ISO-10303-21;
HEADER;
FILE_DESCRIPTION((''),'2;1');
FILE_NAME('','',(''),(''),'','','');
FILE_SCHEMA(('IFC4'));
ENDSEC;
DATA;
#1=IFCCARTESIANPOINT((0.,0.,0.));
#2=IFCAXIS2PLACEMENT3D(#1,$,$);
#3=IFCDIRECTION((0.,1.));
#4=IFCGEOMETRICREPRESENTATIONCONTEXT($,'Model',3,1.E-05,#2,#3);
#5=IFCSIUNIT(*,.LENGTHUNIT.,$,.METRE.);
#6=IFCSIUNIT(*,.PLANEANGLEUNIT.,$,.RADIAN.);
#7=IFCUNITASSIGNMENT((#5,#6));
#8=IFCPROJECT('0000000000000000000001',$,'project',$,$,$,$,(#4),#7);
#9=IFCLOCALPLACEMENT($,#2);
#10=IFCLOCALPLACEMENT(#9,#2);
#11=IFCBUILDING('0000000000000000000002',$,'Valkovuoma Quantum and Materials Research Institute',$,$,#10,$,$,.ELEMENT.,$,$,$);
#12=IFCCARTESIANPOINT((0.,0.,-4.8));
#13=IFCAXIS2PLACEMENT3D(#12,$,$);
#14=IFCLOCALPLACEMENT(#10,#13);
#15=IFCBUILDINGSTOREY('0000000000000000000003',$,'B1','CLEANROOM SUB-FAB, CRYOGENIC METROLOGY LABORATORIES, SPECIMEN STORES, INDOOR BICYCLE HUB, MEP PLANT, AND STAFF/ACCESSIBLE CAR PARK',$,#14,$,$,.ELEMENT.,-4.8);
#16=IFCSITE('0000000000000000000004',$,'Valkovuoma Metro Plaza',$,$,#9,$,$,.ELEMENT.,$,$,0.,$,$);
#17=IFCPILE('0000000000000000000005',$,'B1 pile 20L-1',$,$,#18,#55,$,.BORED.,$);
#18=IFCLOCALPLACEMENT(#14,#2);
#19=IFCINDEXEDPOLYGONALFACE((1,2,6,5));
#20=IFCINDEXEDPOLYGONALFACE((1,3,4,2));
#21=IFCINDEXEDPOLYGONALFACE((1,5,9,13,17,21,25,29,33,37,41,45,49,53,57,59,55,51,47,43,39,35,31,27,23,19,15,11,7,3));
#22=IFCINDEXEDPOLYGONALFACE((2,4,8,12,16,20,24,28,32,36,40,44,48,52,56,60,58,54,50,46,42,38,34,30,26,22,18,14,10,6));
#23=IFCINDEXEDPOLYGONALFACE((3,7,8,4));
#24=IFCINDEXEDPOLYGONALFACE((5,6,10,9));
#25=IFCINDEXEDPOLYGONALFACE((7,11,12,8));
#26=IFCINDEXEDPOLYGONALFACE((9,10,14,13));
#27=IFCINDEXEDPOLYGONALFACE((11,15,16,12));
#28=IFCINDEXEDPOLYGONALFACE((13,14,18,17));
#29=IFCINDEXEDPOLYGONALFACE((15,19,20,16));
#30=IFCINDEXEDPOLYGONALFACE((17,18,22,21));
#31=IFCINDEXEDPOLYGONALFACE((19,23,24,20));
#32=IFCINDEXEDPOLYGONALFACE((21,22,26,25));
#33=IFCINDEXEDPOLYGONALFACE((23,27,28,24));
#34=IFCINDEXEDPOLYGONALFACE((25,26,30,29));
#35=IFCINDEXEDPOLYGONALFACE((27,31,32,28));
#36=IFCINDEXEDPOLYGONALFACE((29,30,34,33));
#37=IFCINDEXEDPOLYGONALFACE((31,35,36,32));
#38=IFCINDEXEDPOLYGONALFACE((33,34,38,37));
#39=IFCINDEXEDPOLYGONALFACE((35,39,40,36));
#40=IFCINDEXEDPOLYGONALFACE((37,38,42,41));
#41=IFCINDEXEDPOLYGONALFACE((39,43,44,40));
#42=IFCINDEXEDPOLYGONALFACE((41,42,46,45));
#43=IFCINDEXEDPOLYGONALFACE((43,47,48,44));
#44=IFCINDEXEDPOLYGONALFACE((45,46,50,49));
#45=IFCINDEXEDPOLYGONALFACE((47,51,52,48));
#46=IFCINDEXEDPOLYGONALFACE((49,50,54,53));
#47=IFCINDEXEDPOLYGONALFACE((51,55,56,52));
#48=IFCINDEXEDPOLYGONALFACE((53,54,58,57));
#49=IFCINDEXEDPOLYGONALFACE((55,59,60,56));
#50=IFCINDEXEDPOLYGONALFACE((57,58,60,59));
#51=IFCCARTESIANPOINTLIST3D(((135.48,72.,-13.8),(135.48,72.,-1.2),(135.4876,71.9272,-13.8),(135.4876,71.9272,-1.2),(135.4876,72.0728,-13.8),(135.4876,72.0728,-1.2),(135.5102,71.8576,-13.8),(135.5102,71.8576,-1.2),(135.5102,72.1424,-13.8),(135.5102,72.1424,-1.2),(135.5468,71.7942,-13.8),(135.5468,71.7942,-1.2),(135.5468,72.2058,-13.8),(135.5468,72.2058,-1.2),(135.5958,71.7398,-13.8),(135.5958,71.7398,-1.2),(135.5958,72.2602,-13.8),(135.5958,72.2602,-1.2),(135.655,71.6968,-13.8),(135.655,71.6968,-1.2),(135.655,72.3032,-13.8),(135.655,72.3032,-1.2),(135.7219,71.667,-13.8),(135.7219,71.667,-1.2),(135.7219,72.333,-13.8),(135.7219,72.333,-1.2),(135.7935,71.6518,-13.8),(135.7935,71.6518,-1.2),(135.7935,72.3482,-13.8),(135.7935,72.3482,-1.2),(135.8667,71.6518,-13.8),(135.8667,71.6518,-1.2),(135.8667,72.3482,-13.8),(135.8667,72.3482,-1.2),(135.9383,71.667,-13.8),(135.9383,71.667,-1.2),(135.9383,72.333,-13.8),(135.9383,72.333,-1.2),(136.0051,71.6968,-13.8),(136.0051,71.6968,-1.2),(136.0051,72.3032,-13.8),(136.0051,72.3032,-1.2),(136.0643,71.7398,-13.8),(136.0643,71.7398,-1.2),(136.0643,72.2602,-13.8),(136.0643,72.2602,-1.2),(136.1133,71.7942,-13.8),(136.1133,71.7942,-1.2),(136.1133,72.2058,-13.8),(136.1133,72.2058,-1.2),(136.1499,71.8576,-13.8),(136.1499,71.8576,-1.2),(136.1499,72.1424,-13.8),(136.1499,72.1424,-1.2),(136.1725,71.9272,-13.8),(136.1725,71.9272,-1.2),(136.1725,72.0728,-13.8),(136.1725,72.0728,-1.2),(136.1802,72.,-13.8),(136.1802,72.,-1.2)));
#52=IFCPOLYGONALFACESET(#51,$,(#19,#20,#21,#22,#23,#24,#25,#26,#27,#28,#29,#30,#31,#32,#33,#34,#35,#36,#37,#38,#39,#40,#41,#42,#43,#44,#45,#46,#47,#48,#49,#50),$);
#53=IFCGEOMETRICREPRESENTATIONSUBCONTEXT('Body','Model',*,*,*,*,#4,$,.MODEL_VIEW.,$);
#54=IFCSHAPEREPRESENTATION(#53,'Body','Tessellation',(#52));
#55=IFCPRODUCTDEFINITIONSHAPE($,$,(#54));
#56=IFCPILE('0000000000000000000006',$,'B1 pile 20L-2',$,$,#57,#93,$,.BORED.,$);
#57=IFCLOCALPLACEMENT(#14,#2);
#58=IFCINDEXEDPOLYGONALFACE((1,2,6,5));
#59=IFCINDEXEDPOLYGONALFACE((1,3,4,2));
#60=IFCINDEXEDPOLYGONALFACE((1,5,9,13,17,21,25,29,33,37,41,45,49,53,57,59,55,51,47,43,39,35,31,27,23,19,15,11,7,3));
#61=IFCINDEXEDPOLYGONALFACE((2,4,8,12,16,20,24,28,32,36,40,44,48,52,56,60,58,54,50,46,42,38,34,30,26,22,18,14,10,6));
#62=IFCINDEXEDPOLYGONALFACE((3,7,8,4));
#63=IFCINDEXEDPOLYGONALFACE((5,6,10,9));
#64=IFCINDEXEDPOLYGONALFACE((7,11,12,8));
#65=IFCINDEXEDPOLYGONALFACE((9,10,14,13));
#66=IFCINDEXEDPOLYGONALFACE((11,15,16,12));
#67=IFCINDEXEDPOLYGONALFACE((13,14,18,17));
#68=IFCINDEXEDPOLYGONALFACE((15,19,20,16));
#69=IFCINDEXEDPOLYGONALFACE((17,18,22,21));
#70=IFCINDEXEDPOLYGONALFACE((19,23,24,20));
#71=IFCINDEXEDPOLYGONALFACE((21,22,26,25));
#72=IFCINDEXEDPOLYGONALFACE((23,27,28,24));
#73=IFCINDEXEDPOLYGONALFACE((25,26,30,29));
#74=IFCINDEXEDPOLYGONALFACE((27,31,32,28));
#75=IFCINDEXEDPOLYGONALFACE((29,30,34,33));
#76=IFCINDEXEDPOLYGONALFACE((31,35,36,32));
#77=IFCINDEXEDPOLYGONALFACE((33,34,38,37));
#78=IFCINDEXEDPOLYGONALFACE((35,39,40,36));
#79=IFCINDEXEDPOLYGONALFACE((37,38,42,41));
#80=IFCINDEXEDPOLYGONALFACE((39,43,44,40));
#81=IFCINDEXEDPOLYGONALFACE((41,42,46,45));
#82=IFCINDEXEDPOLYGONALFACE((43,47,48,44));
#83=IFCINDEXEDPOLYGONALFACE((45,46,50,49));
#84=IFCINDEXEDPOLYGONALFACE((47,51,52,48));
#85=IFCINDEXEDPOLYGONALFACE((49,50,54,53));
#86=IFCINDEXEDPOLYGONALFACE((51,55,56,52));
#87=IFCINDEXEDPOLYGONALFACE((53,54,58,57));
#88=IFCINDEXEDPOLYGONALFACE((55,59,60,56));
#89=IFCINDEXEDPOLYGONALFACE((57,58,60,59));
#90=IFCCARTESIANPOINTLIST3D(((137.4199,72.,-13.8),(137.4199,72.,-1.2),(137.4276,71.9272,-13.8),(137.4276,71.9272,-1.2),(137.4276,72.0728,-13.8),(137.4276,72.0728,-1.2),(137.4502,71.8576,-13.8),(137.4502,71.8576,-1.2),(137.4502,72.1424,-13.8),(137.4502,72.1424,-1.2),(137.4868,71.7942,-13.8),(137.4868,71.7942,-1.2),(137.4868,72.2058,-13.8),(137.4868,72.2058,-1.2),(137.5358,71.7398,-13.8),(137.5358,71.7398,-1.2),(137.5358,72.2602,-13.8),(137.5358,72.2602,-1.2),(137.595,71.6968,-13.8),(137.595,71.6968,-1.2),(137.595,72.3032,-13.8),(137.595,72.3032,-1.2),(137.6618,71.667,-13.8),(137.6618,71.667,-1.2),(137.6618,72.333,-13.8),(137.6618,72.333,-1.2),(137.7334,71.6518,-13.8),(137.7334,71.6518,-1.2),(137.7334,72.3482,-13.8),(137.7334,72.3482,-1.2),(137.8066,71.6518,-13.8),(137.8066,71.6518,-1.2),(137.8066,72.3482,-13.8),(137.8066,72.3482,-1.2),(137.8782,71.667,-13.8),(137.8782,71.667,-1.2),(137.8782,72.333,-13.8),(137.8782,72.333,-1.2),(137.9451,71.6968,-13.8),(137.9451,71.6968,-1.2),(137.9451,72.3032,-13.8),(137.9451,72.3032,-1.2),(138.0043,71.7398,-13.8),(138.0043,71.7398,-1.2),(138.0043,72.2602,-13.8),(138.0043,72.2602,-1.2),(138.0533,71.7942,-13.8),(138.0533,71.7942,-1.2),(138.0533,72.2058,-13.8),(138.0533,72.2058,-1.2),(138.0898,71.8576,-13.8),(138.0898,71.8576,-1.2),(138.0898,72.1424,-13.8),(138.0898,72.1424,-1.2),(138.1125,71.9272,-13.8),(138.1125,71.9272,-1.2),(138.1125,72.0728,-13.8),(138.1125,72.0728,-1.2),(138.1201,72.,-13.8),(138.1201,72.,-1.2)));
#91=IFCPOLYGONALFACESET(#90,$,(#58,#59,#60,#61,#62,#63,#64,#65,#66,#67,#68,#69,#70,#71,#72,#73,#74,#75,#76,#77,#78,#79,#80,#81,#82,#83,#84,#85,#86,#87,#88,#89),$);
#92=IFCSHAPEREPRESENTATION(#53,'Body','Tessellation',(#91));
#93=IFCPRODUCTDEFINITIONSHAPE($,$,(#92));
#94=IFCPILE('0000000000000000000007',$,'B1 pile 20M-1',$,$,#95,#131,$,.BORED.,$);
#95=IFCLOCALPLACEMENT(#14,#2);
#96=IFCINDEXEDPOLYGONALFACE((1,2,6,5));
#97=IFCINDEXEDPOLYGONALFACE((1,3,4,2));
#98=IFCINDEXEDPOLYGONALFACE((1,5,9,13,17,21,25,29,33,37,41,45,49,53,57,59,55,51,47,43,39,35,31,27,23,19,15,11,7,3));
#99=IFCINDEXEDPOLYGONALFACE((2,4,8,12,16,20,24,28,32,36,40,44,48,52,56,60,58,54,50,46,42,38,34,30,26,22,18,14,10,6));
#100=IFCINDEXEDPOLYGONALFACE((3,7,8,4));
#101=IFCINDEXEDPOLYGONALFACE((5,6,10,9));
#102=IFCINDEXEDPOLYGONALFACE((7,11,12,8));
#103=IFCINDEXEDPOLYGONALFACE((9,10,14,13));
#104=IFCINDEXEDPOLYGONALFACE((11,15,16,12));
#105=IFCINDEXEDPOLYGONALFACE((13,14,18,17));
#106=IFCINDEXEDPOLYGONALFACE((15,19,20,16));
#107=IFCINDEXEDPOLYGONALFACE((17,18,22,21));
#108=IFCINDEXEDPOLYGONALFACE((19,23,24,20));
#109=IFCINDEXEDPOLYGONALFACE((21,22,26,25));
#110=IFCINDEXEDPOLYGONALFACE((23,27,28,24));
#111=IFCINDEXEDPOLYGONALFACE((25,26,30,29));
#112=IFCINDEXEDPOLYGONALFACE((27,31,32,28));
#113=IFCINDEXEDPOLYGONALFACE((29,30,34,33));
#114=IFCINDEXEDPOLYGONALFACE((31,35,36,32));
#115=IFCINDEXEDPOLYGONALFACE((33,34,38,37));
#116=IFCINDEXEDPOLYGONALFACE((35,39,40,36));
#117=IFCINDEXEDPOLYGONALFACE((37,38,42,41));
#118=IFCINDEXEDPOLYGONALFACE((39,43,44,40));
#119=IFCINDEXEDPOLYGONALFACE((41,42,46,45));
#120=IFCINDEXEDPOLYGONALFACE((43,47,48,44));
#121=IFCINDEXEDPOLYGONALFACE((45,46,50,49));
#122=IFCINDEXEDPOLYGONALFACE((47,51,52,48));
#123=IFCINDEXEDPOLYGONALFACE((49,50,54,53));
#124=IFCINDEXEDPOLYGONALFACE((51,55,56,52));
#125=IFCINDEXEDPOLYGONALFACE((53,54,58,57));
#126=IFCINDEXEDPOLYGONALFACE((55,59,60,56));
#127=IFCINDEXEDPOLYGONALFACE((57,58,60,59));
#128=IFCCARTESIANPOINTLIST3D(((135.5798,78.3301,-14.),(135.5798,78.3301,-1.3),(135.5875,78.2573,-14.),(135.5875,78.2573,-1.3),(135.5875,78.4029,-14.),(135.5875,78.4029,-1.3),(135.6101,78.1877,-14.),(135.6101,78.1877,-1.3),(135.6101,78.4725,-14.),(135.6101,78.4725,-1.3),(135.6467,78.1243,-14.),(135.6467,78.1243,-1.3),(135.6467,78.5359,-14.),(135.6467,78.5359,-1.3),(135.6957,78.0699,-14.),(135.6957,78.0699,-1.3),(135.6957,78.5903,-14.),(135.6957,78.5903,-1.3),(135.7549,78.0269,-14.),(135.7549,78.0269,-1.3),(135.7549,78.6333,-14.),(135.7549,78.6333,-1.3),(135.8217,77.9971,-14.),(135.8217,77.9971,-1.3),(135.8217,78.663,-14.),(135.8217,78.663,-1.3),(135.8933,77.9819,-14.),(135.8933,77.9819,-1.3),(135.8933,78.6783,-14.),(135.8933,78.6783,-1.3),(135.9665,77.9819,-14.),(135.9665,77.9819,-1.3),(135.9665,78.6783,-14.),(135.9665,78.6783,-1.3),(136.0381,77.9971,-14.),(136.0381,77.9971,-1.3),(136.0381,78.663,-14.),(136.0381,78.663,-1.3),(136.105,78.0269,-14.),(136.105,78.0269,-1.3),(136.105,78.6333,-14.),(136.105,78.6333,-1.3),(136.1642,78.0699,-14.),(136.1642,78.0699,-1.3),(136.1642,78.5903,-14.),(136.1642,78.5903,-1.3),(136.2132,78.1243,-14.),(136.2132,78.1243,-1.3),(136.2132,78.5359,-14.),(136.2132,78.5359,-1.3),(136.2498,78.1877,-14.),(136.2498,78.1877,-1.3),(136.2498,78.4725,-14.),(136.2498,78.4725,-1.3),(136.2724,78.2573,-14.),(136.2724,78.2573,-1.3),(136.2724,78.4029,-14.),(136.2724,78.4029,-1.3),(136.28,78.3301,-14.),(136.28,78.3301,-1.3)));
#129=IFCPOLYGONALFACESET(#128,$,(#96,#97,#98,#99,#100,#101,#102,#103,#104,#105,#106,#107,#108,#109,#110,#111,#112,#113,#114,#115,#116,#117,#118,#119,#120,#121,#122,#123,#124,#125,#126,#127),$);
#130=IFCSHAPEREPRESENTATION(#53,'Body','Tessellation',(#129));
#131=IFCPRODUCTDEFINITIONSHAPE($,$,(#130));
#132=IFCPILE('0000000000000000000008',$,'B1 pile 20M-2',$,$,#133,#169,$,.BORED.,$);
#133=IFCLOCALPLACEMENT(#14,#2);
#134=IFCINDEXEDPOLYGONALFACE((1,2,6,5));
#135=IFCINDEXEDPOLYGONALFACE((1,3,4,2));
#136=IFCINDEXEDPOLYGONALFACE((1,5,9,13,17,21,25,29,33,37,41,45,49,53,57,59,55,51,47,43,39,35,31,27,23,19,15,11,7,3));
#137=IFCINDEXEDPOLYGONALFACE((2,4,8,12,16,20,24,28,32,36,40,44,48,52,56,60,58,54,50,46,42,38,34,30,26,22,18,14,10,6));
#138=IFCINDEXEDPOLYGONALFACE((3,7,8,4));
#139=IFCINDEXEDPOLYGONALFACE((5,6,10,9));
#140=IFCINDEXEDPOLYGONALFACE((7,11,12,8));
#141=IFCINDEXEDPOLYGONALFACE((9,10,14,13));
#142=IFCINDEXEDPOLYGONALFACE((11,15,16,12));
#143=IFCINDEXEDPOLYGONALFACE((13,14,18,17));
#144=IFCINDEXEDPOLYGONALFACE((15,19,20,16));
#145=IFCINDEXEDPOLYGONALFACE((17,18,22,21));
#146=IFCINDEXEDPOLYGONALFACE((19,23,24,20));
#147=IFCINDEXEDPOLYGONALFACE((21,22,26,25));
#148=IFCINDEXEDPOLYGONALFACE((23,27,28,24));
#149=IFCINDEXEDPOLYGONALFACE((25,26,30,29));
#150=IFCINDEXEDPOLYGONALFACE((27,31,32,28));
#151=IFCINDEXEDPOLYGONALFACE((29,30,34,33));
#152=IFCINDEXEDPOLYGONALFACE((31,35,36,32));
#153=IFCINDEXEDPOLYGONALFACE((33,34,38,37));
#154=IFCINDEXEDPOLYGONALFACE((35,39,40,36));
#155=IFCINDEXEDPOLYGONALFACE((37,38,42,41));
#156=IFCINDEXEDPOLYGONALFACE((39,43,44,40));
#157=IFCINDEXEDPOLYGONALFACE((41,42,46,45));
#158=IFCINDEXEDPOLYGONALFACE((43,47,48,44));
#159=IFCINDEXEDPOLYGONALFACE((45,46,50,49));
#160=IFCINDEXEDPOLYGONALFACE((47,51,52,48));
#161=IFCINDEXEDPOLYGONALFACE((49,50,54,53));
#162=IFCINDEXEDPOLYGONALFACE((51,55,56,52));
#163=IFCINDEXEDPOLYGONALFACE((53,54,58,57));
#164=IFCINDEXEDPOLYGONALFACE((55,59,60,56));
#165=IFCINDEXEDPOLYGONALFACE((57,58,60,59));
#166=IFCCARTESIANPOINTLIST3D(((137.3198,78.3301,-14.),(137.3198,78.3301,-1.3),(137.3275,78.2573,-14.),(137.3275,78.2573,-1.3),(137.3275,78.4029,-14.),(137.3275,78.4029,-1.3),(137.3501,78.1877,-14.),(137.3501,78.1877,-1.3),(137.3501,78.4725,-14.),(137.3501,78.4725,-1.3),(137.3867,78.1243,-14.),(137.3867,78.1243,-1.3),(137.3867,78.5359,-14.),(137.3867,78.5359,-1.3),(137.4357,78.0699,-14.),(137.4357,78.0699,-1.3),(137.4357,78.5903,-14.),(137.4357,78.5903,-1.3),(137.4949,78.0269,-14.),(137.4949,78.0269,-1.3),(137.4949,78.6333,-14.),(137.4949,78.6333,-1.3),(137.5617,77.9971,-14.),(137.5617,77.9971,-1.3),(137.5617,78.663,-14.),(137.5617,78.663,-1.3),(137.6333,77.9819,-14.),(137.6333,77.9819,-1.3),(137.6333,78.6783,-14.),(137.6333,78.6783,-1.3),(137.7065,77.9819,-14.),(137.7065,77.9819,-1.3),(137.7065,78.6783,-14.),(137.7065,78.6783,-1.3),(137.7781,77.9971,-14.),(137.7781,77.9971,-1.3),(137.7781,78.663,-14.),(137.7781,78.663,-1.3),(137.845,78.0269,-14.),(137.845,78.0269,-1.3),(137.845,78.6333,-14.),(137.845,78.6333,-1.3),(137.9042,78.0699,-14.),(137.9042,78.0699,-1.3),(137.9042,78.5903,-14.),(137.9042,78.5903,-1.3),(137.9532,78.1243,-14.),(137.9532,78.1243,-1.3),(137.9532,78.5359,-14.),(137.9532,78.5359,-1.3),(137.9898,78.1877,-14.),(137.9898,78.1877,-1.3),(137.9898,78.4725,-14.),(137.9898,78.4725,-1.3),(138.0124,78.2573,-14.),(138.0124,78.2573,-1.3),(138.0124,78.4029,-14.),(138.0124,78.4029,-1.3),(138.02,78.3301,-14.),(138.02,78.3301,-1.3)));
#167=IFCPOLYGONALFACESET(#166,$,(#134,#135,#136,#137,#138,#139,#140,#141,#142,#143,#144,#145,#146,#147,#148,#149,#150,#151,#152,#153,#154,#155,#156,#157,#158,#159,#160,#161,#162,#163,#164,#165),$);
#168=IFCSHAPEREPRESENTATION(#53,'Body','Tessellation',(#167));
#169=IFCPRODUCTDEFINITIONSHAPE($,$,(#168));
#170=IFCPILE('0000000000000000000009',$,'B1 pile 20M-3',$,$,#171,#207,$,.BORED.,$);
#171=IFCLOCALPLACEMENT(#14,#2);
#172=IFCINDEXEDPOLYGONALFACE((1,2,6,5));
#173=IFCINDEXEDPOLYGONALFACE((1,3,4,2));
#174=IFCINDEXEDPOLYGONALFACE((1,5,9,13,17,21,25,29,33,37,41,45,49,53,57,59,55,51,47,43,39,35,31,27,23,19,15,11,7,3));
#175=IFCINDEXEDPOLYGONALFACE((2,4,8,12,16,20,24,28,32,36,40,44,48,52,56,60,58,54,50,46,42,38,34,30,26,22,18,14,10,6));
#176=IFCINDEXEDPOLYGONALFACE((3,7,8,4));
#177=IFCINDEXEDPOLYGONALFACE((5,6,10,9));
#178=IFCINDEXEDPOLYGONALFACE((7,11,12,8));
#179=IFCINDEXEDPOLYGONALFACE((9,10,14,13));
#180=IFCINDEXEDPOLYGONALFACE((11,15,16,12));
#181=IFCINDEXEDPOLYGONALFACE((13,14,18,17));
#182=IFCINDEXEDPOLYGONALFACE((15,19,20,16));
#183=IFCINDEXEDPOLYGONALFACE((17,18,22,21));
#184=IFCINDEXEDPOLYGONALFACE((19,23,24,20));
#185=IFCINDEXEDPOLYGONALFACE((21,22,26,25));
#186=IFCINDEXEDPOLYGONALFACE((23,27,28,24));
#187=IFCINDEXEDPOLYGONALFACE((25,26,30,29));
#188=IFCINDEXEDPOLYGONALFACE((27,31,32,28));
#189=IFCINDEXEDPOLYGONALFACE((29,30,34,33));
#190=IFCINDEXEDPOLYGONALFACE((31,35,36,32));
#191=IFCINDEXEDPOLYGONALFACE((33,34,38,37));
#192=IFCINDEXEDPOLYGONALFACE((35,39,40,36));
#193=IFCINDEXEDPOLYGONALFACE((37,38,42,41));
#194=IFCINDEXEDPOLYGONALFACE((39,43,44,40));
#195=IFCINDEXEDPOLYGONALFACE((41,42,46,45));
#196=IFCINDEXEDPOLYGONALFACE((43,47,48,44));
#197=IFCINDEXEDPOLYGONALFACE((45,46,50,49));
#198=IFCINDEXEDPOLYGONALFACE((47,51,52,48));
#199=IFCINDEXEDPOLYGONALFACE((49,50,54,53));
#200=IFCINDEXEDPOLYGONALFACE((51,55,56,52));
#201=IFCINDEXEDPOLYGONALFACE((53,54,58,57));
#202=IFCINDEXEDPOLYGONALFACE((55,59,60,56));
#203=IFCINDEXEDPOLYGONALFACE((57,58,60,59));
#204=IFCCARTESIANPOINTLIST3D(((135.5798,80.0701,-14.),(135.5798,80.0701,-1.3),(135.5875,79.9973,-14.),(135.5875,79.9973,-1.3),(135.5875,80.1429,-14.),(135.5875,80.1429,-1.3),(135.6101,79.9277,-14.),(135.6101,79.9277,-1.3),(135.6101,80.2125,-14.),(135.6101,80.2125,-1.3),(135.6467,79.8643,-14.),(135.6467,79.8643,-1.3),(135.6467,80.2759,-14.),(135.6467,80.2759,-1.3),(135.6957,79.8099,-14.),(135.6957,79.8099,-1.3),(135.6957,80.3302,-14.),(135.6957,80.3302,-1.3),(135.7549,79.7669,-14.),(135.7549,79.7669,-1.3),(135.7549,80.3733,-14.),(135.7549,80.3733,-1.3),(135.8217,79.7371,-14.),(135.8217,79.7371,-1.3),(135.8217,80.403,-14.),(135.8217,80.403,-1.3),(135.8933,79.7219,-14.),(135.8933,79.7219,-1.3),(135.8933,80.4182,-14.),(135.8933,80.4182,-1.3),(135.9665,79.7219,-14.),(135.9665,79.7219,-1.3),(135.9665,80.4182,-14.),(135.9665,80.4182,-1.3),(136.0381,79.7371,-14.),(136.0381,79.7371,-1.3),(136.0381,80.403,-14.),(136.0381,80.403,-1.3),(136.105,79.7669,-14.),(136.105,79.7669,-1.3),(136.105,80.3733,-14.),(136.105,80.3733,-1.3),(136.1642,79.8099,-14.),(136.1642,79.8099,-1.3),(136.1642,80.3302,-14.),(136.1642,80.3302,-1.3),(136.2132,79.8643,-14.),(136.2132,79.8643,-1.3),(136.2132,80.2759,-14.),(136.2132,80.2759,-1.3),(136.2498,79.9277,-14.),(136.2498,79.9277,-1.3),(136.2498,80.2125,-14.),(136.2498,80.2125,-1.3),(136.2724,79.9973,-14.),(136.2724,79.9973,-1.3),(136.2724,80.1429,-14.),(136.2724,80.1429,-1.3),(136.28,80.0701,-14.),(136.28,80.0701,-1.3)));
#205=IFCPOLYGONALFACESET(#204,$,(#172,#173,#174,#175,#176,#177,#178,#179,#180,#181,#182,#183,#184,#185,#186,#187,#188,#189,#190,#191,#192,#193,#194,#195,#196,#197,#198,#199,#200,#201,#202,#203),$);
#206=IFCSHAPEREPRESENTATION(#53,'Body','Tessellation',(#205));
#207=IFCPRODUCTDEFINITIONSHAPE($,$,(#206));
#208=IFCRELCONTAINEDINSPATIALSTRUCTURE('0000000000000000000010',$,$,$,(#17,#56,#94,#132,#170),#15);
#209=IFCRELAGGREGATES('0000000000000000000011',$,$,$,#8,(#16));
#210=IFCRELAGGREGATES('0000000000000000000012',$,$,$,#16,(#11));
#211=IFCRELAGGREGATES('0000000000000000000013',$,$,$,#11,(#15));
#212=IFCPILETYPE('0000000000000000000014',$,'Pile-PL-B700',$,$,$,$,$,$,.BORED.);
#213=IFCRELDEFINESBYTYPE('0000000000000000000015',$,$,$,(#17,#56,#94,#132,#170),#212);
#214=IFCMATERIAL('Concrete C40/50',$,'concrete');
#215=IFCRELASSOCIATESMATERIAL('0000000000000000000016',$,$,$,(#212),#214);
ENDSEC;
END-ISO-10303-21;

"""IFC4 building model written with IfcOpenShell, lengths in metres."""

from ifc_helpers import new_model, si_unit, direction, frame, origin, origin_2d, place, context, subcontext, project, spatial, circle, extrude, material, material_profile, profile_set, type_object, element, save


model = new_model("IFC4")

# Units and contexts
model_context = context("Model", 3, precision=1e-05, world=origin(), true_north=direction((0.0, 1.0)))
body_context = subcontext(model_context, "Body", "Model", "MODEL_VIEW")
ifc_project = project(units=[si_unit("LENGTHUNIT", "METRE"), si_unit("PLANEANGLEUNIT", "RADIAN")], contexts=[model_context])

# Site, building, storey
site_placement = place(None, origin())
site = spatial("IfcSite", under=ifc_project, at=site_placement, Name="Valkovuoma Metro Plaza", CompositionType="ELEMENT", RefElevation=0.0)
building_placement = place(site_placement, origin())
building = spatial("IfcBuilding", under=site, at=building_placement, Name="Valkovuoma Quantum and Materials Research Institute", CompositionType="ELEMENT")
storey_placement = place(building_placement, frame((0.0, 0.0, -4.8)))
storey = spatial("IfcBuildingStorey", under=building, at=storey_placement, Name="B1", Description="CLEANROOM SUB-FAB, CRYOGENIC METROLOGY LABORATORIES, SPECIMEN STORES, INDOOR BICYCLE HUB, MEP PLANT, AND STAFF/ACCESSIBLE CAR PARK", CompositionType="ELEMENT", Elevation=-4.8)

# Piles
ifc_material_1 = material(Name="Concrete C40/50", Category="concrete")
ifc_material_profile_1 = material_profile(ifc_material_1, circle(Radius=0.3501, at=origin_2d()), Name="Concrete C40/50")
ifc_profile_set_1 = profile_set([ifc_material_profile_1], Name="Concrete C40/50")
pile_type_1 = type_object("IfcPileType", Name="Pile-PL-B700", PredefinedType="BORED", material=ifc_profile_set_1)
for number, where, z_axis, x_axis, name in (
    (1, (135.8301, 72.0, -1.2), (0.0, 0.0, -1.0), (1.0, 0.0, 0.0), "B1 pile 20L-1"),
    (2, (137.77, 72.0, -1.2), (0.0, 0.0, -1.0), (1.0, 0.0, 0.0), "B1 pile 20L-2"),
):
    element("IfcPile", number, at=place(storey_placement, frame(where, z_axis=z_axis, x_axis=x_axis)), inside=storey, type_object=pile_type_1, Name=name, PredefinedType="BORED", context=body_context, shape_type="SweptSolid", body=[
        extrude(circle(Radius=0.3501, at=origin_2d()), origin(), (0.0, 0.0, 1.0), 12.6001),
    ])
for number, where, z_axis, x_axis, name in (
    (3, (135.9299, 78.3301, -1.3), (0.0, 0.0, -1.0), (1.0, 0.0, 0.0), "B1 pile 20M-1"),
    (4, (137.6699, 78.3301, -1.3), (0.0, 0.0, -1.0), (1.0, 0.0, 0.0), "B1 pile 20M-2"),
    (5, (135.9299, 80.0701, -1.3), (0.0, 0.0, -1.0), (1.0, 0.0, 0.0), "B1 pile 20M-3"),
):
    element("IfcPile", number, at=place(storey_placement, frame(where, z_axis=z_axis, x_axis=x_axis)), inside=storey, type_object=pile_type_1, Name=name, PredefinedType="BORED", context=body_context, shape_type="SweptSolid", body=[
        extrude(circle(Radius=0.3501, at=origin_2d()), origin(), (0.0, 0.0, 1.0), 12.7),
    ])

save(model, "model.ifc")
